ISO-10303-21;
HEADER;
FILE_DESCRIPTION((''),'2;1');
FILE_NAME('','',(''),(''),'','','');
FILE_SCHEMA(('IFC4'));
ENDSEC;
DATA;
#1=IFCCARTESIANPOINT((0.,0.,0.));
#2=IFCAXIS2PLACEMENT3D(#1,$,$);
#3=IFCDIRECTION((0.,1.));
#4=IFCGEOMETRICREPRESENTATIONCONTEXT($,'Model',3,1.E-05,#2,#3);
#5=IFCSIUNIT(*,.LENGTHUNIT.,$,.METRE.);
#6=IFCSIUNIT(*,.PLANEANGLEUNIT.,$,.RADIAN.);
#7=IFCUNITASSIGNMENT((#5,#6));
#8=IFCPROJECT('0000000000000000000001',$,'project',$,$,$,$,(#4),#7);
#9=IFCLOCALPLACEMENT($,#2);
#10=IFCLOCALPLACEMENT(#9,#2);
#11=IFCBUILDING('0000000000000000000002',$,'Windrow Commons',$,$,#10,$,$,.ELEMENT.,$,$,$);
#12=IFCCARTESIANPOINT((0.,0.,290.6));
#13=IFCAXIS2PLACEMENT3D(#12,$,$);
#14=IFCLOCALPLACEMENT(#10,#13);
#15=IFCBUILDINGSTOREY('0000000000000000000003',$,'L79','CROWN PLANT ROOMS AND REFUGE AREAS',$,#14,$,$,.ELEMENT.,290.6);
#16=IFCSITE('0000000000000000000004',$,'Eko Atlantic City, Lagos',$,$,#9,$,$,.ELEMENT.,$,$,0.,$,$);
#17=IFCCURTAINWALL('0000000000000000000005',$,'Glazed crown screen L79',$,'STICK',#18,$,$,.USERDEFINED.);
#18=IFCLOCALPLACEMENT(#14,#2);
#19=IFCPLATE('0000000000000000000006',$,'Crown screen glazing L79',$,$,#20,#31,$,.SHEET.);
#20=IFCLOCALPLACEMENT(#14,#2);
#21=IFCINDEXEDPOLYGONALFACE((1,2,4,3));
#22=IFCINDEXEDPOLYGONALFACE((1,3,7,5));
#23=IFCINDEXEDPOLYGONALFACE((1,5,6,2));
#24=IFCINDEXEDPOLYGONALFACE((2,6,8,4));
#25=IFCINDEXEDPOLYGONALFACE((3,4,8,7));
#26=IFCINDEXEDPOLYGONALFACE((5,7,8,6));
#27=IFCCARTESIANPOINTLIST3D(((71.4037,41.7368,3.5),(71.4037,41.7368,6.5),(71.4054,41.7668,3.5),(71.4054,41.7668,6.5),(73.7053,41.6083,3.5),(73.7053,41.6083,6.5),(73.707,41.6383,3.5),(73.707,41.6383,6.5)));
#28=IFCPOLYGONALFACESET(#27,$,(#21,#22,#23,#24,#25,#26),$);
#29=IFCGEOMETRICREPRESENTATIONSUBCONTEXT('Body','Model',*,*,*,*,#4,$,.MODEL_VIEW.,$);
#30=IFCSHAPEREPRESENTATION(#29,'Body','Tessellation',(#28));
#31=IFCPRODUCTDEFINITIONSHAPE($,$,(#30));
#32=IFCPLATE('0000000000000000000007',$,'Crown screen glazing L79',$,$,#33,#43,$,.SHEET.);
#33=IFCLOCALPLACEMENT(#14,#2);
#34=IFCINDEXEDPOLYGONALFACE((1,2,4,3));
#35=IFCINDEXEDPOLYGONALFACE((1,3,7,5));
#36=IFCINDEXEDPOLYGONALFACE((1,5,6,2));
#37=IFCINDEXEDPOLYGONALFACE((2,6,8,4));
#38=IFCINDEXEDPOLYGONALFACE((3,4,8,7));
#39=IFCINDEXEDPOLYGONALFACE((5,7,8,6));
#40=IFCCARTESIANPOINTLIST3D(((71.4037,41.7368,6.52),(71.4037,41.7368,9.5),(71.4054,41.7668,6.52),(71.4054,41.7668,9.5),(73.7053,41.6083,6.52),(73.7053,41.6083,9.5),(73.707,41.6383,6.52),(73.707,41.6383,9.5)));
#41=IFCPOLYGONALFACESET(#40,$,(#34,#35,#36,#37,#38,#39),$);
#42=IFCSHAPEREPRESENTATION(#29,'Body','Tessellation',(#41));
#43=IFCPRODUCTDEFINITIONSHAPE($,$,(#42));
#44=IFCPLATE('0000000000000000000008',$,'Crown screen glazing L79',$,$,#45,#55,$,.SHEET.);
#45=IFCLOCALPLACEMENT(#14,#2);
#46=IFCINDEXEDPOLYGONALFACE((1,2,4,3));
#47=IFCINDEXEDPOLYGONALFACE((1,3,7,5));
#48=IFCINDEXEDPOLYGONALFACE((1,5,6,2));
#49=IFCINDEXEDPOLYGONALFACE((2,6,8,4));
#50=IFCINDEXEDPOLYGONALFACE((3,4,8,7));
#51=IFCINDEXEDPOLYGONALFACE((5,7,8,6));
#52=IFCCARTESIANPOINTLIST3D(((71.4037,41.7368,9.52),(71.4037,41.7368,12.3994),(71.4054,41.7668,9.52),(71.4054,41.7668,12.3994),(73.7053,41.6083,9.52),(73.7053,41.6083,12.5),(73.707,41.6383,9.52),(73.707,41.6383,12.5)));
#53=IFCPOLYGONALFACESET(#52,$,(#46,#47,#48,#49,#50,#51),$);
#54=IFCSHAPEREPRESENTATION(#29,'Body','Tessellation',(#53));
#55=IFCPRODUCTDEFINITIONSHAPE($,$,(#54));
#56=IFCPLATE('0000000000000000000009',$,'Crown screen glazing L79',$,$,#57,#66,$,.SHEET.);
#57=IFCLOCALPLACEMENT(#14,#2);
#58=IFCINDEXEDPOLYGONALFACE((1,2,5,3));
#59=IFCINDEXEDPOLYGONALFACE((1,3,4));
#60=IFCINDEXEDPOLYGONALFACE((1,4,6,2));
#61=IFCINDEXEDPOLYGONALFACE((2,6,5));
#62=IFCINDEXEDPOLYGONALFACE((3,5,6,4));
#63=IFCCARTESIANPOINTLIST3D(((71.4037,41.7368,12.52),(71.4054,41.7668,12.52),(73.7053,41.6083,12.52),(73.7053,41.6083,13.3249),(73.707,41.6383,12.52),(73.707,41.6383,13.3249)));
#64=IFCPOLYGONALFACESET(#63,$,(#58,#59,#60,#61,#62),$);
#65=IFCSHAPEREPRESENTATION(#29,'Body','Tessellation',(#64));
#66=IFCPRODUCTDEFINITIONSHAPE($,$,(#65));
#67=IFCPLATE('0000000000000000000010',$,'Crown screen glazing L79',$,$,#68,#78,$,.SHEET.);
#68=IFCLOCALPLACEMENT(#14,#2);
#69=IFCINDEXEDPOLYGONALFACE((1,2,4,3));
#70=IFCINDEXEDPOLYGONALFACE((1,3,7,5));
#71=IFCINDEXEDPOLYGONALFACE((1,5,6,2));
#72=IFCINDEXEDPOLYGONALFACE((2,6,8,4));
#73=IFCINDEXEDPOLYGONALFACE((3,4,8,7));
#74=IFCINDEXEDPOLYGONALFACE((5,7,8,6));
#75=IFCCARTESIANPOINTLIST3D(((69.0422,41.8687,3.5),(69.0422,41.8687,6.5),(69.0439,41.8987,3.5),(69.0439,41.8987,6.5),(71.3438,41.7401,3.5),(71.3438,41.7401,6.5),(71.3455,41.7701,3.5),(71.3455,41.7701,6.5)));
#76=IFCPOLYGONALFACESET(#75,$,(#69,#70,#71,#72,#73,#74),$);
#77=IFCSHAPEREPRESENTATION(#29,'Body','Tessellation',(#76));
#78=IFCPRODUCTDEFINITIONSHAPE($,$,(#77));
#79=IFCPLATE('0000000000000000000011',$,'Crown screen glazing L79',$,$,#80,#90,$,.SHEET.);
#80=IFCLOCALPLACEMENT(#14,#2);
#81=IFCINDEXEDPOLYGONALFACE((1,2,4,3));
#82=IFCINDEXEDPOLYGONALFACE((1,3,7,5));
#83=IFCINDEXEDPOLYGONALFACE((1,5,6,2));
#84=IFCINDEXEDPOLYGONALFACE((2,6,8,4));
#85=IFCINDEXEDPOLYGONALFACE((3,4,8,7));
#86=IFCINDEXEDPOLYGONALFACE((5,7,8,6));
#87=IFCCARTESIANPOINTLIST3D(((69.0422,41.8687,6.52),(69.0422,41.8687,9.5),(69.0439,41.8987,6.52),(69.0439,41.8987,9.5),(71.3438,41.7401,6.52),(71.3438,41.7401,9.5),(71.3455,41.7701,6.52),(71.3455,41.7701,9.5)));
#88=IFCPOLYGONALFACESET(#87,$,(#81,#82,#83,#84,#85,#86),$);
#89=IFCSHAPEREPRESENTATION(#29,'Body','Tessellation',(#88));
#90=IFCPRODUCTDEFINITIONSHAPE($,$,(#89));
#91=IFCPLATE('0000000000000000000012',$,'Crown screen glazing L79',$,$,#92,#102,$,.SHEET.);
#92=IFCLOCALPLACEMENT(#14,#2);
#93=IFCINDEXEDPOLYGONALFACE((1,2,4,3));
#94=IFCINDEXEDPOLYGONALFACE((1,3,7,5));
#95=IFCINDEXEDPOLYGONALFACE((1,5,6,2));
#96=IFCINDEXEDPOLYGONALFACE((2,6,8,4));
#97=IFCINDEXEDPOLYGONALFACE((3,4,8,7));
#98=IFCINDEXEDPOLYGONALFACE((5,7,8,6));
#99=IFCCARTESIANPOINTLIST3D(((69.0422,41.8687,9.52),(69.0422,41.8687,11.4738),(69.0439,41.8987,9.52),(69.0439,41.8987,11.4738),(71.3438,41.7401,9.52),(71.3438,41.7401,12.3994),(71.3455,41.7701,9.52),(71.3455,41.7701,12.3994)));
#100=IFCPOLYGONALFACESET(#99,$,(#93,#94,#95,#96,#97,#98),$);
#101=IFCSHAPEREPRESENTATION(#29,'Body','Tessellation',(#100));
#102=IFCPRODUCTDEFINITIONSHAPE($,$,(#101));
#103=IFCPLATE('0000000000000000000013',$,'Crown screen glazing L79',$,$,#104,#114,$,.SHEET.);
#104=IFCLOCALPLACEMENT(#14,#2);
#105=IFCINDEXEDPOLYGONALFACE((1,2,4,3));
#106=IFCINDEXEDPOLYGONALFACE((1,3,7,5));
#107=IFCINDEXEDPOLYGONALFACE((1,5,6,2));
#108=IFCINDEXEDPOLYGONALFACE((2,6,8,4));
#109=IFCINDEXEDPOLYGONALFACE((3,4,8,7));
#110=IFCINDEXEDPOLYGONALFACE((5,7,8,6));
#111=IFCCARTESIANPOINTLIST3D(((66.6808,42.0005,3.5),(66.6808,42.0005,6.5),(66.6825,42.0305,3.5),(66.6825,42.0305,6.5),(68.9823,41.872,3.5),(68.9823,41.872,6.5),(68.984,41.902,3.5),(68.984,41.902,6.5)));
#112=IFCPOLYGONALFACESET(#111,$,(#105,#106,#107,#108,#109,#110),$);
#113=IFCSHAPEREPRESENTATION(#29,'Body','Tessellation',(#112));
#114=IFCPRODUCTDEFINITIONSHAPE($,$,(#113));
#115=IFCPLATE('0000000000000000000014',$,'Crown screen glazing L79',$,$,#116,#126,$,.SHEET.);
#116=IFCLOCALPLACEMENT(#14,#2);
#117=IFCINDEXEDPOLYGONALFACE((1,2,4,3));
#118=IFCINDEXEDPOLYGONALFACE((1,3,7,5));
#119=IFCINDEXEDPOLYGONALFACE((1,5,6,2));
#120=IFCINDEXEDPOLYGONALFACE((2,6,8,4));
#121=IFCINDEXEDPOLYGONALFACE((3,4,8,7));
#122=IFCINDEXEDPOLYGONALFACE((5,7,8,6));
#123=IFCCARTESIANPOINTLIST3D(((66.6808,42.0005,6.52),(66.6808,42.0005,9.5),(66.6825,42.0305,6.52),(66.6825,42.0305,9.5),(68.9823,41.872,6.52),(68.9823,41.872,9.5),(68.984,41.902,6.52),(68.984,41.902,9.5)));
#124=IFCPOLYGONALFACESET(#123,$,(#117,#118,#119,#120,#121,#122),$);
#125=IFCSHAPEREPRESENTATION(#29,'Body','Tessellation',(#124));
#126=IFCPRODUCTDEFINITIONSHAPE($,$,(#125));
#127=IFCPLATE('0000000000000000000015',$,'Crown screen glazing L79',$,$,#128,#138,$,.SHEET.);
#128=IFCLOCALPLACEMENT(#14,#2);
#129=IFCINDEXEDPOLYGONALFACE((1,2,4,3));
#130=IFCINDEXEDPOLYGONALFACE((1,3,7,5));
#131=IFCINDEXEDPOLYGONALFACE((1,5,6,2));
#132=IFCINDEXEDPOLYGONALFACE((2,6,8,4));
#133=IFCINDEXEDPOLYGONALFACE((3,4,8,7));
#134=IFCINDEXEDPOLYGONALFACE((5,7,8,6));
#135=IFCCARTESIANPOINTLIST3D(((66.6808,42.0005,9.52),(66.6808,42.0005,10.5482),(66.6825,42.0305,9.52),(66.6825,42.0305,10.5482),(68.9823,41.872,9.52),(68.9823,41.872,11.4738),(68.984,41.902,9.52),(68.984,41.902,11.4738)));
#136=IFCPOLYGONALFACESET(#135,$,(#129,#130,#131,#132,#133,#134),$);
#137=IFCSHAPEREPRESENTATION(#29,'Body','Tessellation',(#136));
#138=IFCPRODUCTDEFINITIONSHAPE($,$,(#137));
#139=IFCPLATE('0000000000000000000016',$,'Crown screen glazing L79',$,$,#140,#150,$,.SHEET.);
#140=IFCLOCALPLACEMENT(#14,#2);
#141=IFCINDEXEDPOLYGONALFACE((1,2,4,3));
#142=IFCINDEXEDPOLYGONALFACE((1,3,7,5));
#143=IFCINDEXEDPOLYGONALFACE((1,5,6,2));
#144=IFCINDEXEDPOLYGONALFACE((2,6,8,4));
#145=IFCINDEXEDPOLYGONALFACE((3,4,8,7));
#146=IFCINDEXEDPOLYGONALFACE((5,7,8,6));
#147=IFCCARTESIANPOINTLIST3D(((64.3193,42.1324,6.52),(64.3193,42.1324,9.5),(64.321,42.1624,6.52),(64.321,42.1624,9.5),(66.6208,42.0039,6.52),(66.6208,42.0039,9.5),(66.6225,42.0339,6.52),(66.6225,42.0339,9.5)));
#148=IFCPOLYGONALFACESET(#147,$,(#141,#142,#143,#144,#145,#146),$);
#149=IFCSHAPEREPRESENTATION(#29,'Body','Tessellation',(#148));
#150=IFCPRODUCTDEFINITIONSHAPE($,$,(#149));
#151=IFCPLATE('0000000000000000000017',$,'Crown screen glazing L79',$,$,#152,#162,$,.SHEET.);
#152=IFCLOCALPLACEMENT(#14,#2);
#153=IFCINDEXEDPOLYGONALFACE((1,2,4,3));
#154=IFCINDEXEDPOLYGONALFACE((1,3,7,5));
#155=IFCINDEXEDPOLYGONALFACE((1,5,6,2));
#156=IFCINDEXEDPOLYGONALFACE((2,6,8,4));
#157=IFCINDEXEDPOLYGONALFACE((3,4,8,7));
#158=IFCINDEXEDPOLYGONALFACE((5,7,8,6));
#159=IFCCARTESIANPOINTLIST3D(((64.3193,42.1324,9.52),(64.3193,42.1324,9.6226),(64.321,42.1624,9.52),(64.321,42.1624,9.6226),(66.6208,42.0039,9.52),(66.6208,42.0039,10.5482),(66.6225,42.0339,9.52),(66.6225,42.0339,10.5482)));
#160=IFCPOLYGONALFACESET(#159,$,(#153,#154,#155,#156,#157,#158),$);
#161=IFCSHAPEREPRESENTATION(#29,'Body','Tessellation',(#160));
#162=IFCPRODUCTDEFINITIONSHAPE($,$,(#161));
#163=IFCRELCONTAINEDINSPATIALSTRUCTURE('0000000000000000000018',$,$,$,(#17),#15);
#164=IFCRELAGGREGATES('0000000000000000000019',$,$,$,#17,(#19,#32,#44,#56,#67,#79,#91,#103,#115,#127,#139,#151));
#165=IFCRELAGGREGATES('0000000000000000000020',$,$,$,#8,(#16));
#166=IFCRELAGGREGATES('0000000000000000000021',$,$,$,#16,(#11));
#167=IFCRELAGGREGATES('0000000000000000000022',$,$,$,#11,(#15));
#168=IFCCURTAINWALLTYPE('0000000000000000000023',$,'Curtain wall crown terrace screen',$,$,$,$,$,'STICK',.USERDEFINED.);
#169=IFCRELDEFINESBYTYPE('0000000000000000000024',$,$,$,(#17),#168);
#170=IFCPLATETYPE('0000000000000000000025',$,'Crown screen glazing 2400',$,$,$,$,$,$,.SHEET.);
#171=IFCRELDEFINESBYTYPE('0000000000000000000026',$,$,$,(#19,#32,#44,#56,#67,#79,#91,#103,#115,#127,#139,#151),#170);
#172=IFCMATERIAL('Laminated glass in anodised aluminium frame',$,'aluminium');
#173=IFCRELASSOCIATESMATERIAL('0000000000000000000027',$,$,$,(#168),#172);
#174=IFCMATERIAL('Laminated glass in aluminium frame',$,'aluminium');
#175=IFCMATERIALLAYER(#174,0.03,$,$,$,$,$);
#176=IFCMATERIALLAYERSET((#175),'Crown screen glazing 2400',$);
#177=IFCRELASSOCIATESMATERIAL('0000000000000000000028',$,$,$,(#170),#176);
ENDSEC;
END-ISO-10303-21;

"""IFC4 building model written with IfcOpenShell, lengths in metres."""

from ifc_helpers import new_model, si_unit, direction, frame, origin, place, context, subcontext, project, spatial, polyline, outline, extrude, material, layer, layer_set, type_object, element, aggregate, save


model = new_model("IFC4")

# Units and contexts
model_context = context("Model", 3, precision=1e-05, world=origin(), true_north=direction((0.0, 1.0)))
body_context = subcontext(model_context, "Body", "Model", "MODEL_VIEW")
ifc_project = project(units=[si_unit("LENGTHUNIT", "METRE"), si_unit("PLANEANGLEUNIT", "RADIAN")], contexts=[model_context])

# Site, building, storey
site_placement = place(None, origin())
site = spatial("IfcSite", under=ifc_project, at=site_placement, Name="Eko Atlantic City, Lagos", CompositionType="ELEMENT", RefElevation=0.0)
building_placement = place(site_placement, origin())
building = spatial("IfcBuilding", under=site, at=building_placement, Name="Windrow Commons", CompositionType="ELEMENT")
storey_placement = place(building_placement, frame((0.0, 0.0, 290.6)))
storey = spatial("IfcBuildingStorey", under=building, at=storey_placement, Name="L79", Description="CROWN PLANT ROOMS AND REFUGE AREAS", CompositionType="ELEMENT", Elevation=290.6)

# Curtain wall
ifc_material_1 = material(Name="Laminated glass in anodised aluminium frame", Category="aluminium")
curtain_wall_type = type_object("IfcCurtainWallType", Name="Curtain wall crown terrace screen", ElementType="STICK", PredefinedType="USERDEFINED", material=ifc_material_1)
curtain_wall_placement = place(storey_placement, origin())
curtain_wall = element("IfcCurtainWall", 1, at=curtain_wall_placement, inside=storey, type_object=curtain_wall_type, Name="Glazed crown screen L79", ObjectType="STICK", PredefinedType="USERDEFINED")

# Plates
ifc_material_2 = material(Name="Laminated glass in aluminium frame", Category="aluminium")
ifc_layer_1 = layer(ifc_material_2, 0.03)
ifc_layer_set_1 = layer_set([ifc_layer_1], Name="Crown screen glazing 2400")
plate_type_1 = type_object("IfcPlateType", Name="Crown screen glazing 2400", PredefinedType="SHEET", material=ifc_layer_set_1)
plate_1_placement = place(storey_placement, frame((73.707, 41.6383, 3.5), z_axis=(0.055744, 0.998445, 0.0), x_axis=(-0.998445, 0.055744, 0.0)))
plate_1 = element("IfcPlate", 2, at=plate_1_placement, type_object=plate_type_1, Name="Crown screen glazing L79", PredefinedType="SHEET", context=body_context, shape_type="SweptSolid", body=[
    extrude(outline(polyline([(0.0, 0.0), (2.3052, 0.0), (2.3052, 3.0), (0.0, 3.0), (0.0, 0.0)])), origin(), (0.0, 0.0, -1.0), 0.03),
])
plate_2_placement = place(storey_placement, frame((73.707, 41.6383, 6.52), z_axis=(0.055744, 0.998445, 0.0), x_axis=(-0.998445, 0.055744, 0.0)))
plate_2 = element("IfcPlate", 3, at=plate_2_placement, type_object=plate_type_1, Name="Crown screen glazing L79", PredefinedType="SHEET", context=body_context, shape_type="SweptSolid", body=[
    extrude(outline(polyline([(0.0, 0.0), (2.3052, 0.0), (2.3052, 2.98), (0.0, 2.98), (0.0, 0.0)])), origin(), (0.0, 0.0, -1.0), 0.03),
])
plate_3_placement = place(storey_placement, frame((73.707, 41.6383, 9.52), z_axis=(0.055744, 0.998445, 0.0), x_axis=(-0.998445, 0.055744, 0.0)))
plate_3 = element("IfcPlate", 4, at=plate_3_placement, type_object=plate_type_1, Name="Crown screen glazing L79", PredefinedType="SHEET", context=body_context, shape_type="SweptSolid", body=[
    extrude(outline(polyline([(0.0, 0.0), (2.3052, 0.0), (2.3052, 2.8794), (0.0, 2.98), (0.0, 0.0)])), origin(), (0.0, 0.0, -1.0), 0.03),
])
plate_4_placement = place(storey_placement, frame((73.707, 41.6383, 12.52), z_axis=(0.055744, 0.998445, 0.0), x_axis=(-0.998445, 0.055744, 0.0)))
plate_4 = element("IfcPlate", 5, at=plate_4_placement, type_object=plate_type_1, Name="Crown screen glazing L79", PredefinedType="SHEET", context=body_context, shape_type="SweptSolid", body=[
    extrude(outline(polyline([(0.0, 0.0), (2.3052, 0.0), (0.0, 0.8049), (0.0, 0.0)])), origin(), (0.0, 0.0, -1.0), 0.03),
])
plate_5_placement = place(storey_placement, frame((71.3455, 41.7701, 3.5), z_axis=(0.055787, 0.998443, 0.0), x_axis=(-0.998443, 0.055787, 0.0)))
plate_5 = element("IfcPlate", 6, at=plate_5_placement, type_object=plate_type_1, Name="Crown screen glazing L79", PredefinedType="SHEET", context=body_context, shape_type="SweptSolid", body=[
    extrude(outline(polyline([(0.0, 0.0), (2.3052, 0.0), (2.3052, 3.0), (0.0, 3.0), (0.0, 0.0)])), origin(), (0.0, 0.0, -1.0), 0.03),
])
plate_6_placement = place(storey_placement, frame((71.3455, 41.7701, 6.52), z_axis=(0.055787, 0.998443, 0.0), x_axis=(-0.998443, 0.055787, 0.0)))
plate_6 = element("IfcPlate", 7, at=plate_6_placement, type_object=plate_type_1, Name="Crown screen glazing L79", PredefinedType="SHEET", context=body_context, shape_type="SweptSolid", body=[
    extrude(outline(polyline([(0.0, 0.0), (2.3052, 0.0), (2.3052, 2.98), (0.0, 2.98), (0.0, 0.0)])), origin(), (0.0, 0.0, -1.0), 0.03),
])
plate_7_placement = place(storey_placement, frame((71.3455, 41.7701, 9.52), z_axis=(0.055787, 0.998443, 0.0), x_axis=(-0.998443, 0.055787, 0.0)))
plate_7 = element("IfcPlate", 8, at=plate_7_placement, type_object=plate_type_1, Name="Crown screen glazing L79", PredefinedType="SHEET", context=body_context, shape_type="SweptSolid", body=[
    extrude(outline(polyline([(0.0, 0.0), (2.3052, 0.0), (2.3052, 1.9538), (0.0, 2.8794), (0.0, 0.0)])), origin(), (0.0, 0.0, -1.0), 0.03),
])
plate_8_placement = place(storey_placement, frame((68.984, 41.902, 3.5), z_axis=(0.055746, 0.998445, 0.0), x_axis=(-0.998445, 0.055746, 0.0)))
plate_8 = element("IfcPlate", 9, at=plate_8_placement, type_object=plate_type_1, Name="Crown screen glazing L79", PredefinedType="SHEET", context=body_context, shape_type="SweptSolid", body=[
    extrude(outline(polyline([(0.0, 0.0), (2.3051, 0.0), (2.3051, 3.0), (0.0, 3.0), (0.0, 0.0)])), origin(), (0.0, 0.0, -1.0), 0.03),
])
plate_9_placement = place(storey_placement, frame((68.984, 41.902, 6.52), z_axis=(0.055746, 0.998445, 0.0), x_axis=(-0.998445, 0.055746, 0.0)))
plate_9 = element("IfcPlate", 10, at=plate_9_placement, type_object=plate_type_1, Name="Crown screen glazing L79", PredefinedType="SHEET", context=body_context, shape_type="SweptSolid", body=[
    extrude(outline(polyline([(0.0, 0.0), (2.3051, 0.0), (2.3051, 2.98), (0.0, 2.98), (0.0, 0.0)])), origin(), (0.0, 0.0, -1.0), 0.03),
])
plate_10_placement = place(storey_placement, frame((68.984, 41.902, 9.52), z_axis=(0.055746, 0.998445, 0.0), x_axis=(-0.998445, 0.055746, 0.0)))
plate_10 = element("IfcPlate", 11, at=plate_10_placement, type_object=plate_type_1, Name="Crown screen glazing L79", PredefinedType="SHEET", context=body_context, shape_type="SweptSolid", body=[
    extrude(outline(polyline([(0.0, 0.0), (2.3051, 0.0), (2.3051, 1.0282), (0.0, 1.9538), (0.0, 0.0)])), origin(), (0.0, 0.0, -1.0), 0.03),
])
plate_11_placement = place(storey_placement, frame((66.6225, 42.0339, 6.52), z_axis=(0.055746, 0.998445, 0.0), x_axis=(-0.998445, 0.055746, 0.0)))
plate_11 = element("IfcPlate", 12, at=plate_11_placement, type_object=plate_type_1, Name="Crown screen glazing L79", PredefinedType="SHEET", context=body_context, shape_type="SweptSolid", body=[
    extrude(outline(polyline([(0.0, 0.0), (2.3051, 0.0), (2.3051, 2.98), (0.0, 2.98), (0.0, 0.0)])), origin(), (0.0, 0.0, -1.0), 0.03),
])
plate_12_placement = place(storey_placement, frame((66.6225, 42.0339, 9.52), z_axis=(0.055746, 0.998445, 0.0), x_axis=(-0.998445, 0.055746, 0.0)))
plate_12 = element("IfcPlate", 13, at=plate_12_placement, type_object=plate_type_1, Name="Crown screen glazing L79", PredefinedType="SHEET", context=body_context, shape_type="SweptSolid", body=[
    extrude(outline(polyline([(0.0, 0.0), (2.3051, 0.0), (2.3051, 0.1026), (0.0, 1.0282), (0.0, 0.0)])), origin(), (0.0, 0.0, -1.0), 0.03),
])
aggregate(curtain_wall, [plate_1, plate_2, plate_3, plate_4, plate_5, plate_6, plate_7, plate_8, plate_9, plate_10, plate_11, plate_12])

save(model, "model.ifc")
